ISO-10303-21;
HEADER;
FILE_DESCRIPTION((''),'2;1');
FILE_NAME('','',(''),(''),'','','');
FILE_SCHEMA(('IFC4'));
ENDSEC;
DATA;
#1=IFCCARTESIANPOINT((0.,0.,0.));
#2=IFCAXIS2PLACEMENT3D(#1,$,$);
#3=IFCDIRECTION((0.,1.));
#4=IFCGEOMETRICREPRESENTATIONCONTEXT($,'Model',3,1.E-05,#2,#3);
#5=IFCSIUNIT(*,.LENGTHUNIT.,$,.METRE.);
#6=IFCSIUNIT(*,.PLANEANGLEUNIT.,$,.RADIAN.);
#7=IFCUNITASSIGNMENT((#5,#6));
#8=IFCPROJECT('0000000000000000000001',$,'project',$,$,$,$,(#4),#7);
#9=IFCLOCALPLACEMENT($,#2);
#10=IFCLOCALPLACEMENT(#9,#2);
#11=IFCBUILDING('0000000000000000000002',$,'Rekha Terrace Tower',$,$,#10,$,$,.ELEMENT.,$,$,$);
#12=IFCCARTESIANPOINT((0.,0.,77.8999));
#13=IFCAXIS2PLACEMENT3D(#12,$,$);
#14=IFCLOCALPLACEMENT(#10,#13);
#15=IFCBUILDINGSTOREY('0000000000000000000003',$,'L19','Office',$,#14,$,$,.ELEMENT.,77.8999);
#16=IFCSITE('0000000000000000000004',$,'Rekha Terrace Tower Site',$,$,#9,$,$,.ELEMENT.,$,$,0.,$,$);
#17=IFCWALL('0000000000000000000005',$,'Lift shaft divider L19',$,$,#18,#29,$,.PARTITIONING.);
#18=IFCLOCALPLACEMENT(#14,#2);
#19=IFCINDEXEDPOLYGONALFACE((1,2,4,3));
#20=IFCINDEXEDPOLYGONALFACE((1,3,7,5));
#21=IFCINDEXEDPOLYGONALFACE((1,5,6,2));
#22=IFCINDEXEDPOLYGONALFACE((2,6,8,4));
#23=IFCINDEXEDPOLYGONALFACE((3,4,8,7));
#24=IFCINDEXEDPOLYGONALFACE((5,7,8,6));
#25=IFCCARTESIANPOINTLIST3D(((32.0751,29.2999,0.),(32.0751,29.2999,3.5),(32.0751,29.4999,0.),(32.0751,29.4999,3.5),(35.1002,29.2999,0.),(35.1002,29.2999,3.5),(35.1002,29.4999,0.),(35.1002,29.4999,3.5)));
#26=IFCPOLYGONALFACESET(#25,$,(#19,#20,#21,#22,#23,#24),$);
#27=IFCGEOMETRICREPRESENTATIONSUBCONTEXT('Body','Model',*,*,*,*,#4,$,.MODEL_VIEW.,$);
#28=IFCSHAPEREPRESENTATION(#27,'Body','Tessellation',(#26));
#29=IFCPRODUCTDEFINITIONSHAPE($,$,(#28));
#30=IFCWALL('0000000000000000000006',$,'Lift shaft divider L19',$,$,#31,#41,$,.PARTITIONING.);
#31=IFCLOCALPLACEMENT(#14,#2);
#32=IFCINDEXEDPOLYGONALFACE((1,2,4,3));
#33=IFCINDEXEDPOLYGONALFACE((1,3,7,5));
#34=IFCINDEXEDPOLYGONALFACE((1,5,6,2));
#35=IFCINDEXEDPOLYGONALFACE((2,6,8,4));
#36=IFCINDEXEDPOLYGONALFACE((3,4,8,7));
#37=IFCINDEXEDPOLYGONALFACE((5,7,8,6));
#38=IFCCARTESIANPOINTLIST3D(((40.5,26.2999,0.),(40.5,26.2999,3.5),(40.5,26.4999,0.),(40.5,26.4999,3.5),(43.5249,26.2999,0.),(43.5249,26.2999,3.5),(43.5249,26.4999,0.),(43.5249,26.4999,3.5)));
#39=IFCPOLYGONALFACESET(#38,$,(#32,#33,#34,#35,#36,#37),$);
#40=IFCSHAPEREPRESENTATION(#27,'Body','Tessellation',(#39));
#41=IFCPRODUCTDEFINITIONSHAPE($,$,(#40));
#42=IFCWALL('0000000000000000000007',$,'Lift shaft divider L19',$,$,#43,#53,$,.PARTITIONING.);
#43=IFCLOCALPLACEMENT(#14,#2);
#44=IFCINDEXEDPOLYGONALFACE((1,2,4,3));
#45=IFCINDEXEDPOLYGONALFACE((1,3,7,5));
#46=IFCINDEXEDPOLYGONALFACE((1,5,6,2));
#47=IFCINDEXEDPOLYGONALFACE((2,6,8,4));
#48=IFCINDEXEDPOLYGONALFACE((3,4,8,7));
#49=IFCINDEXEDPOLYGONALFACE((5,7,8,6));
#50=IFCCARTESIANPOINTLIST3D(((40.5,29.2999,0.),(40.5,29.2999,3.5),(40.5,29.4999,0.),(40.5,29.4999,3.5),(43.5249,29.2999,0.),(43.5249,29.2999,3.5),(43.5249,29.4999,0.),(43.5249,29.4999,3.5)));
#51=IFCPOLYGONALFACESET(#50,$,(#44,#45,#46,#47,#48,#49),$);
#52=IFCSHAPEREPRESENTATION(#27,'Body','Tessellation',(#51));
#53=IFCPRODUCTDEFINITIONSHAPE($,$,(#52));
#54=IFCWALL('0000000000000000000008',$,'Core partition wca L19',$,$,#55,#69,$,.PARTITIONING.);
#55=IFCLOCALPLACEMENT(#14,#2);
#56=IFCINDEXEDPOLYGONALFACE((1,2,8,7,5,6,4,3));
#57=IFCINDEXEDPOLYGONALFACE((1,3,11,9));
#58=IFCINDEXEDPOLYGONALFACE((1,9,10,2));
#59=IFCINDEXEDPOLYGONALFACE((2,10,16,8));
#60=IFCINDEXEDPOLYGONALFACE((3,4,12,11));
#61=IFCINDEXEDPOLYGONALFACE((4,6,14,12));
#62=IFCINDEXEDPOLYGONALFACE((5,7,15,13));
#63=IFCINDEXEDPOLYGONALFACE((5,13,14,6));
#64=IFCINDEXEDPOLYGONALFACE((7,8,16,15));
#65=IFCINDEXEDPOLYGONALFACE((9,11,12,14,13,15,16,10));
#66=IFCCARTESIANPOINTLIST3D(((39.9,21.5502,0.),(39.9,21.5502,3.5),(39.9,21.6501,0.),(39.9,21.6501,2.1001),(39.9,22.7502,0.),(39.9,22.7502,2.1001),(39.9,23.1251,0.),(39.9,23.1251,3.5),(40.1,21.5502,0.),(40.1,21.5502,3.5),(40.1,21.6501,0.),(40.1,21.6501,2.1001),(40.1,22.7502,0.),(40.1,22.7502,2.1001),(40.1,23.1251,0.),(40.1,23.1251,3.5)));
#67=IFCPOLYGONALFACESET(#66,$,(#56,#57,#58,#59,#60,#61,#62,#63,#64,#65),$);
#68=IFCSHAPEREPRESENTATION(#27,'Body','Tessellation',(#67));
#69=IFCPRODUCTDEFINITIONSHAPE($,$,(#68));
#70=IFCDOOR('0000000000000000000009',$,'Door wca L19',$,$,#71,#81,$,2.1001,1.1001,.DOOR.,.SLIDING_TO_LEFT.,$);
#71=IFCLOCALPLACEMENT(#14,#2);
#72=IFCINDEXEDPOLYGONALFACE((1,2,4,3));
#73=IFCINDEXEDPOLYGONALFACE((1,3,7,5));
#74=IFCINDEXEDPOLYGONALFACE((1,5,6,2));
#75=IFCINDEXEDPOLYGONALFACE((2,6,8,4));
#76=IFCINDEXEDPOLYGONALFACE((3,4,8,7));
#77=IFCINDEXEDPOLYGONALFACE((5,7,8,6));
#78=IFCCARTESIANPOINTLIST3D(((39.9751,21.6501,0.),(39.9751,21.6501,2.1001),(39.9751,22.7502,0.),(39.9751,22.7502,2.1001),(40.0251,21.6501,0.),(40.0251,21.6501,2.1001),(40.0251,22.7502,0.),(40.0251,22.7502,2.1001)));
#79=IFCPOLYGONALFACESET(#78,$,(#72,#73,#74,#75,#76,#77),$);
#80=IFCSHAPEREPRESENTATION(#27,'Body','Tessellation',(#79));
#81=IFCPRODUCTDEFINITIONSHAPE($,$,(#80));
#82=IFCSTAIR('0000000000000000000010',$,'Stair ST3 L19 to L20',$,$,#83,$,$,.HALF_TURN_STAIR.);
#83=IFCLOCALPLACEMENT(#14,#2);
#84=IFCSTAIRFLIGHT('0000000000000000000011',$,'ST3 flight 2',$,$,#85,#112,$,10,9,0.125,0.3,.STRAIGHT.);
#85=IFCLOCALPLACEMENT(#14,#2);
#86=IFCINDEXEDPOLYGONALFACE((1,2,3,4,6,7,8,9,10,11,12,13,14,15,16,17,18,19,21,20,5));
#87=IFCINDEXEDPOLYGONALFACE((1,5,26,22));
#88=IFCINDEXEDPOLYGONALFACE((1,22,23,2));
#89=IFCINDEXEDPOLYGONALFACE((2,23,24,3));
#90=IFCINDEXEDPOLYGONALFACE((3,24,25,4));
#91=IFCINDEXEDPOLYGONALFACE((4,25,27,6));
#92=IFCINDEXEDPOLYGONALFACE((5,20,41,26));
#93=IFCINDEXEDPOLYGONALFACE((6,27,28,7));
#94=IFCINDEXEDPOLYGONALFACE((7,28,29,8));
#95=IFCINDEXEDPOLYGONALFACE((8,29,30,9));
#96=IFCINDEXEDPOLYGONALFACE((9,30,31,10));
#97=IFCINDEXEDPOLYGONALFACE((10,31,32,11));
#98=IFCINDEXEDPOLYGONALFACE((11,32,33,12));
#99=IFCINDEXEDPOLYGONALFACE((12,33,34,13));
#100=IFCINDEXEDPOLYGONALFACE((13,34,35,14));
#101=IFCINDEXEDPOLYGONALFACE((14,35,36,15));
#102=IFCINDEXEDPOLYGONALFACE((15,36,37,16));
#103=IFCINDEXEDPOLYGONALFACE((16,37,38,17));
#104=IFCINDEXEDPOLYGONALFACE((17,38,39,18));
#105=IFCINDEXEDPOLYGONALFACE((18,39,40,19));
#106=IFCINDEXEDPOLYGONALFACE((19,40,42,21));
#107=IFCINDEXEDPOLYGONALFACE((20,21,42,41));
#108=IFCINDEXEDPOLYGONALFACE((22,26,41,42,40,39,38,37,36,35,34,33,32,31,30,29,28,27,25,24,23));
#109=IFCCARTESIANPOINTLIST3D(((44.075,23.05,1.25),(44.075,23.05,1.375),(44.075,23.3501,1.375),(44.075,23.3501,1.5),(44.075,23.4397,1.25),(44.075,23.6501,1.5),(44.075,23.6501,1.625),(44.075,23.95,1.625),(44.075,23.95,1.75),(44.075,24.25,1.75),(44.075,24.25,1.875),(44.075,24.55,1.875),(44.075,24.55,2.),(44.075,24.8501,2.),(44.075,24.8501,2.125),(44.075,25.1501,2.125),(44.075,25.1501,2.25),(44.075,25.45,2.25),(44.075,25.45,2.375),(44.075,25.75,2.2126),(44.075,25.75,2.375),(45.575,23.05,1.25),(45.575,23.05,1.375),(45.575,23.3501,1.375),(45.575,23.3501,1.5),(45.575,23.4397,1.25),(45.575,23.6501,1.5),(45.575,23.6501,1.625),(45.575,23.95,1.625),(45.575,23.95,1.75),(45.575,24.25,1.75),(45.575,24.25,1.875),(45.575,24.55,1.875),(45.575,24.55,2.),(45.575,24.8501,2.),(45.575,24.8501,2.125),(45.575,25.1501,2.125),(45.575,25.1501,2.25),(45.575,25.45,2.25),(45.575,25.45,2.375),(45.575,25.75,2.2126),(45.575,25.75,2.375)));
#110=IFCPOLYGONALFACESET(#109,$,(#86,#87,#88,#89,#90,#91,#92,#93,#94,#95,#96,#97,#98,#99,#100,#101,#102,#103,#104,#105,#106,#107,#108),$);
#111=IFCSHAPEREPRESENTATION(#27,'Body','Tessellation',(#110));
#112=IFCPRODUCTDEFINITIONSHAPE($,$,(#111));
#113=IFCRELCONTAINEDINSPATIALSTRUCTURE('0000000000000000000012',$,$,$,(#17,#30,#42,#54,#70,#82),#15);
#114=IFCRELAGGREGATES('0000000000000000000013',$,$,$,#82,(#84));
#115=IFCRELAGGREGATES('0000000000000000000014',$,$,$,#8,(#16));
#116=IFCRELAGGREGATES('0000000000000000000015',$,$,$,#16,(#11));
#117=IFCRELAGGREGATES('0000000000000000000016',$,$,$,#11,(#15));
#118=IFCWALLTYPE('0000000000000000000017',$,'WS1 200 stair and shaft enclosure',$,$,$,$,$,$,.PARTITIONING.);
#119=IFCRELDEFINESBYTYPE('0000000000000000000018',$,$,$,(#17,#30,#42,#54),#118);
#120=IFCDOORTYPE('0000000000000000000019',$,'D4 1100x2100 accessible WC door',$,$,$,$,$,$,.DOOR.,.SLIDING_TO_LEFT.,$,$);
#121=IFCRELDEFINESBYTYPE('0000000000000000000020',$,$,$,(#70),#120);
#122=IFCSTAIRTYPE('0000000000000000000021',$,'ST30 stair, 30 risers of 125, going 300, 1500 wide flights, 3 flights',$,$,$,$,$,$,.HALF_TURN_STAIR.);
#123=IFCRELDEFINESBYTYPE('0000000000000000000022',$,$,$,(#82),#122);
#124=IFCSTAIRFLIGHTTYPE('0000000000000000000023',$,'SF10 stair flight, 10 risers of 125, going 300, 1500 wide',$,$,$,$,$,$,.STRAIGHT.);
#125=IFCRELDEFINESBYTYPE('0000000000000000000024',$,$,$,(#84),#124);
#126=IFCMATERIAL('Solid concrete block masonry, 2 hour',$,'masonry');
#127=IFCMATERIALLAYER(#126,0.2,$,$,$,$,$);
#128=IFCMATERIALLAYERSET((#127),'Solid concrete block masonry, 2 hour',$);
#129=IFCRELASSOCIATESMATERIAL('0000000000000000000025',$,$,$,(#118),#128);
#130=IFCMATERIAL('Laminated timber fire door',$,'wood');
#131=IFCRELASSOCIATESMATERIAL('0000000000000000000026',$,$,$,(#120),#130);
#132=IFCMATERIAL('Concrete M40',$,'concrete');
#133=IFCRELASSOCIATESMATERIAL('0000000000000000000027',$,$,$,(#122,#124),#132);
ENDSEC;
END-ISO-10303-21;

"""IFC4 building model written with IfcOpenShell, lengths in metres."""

from ifc_helpers import new_model, si_unit, direction, frame, frame_2d, origin, place, context, subcontext, project, spatial, polyline, rectangle, outline, extrude, material, layer, layer_set, type_object, element, fill, aggregate, save


model = new_model("IFC4")

# Units and contexts
model_context = context("Model", 3, precision=1e-05, world=origin(), true_north=direction((0.0, 1.0)))
body_context = subcontext(model_context, "Body", "Model", "MODEL_VIEW")
ifc_project = project(units=[si_unit("LENGTHUNIT", "METRE"), si_unit("PLANEANGLEUNIT", "RADIAN")], contexts=[model_context])

# Site, building, storey
site_placement = place(None, origin())
site = spatial("IfcSite", under=ifc_project, at=site_placement, Name="Rekha Terrace Tower Site", CompositionType="ELEMENT", RefElevation=0.0)
building_placement = place(site_placement, origin())
building = spatial("IfcBuilding", under=site, at=building_placement, Name="Rekha Terrace Tower", CompositionType="ELEMENT")
storey_placement = place(building_placement, frame((0.0, 0.0, 77.8999)))
storey = spatial("IfcBuildingStorey", under=building, at=storey_placement, Name="L19", Description="Office", CompositionType="ELEMENT", Elevation=77.8999)

# Walls
ifc_material_1 = material(Name="Solid concrete block masonry, 2 hour", Category="masonry")
ifc_layer_1 = layer(ifc_material_1, 0.2)
ifc_layer_set_1 = layer_set([ifc_layer_1], Name="Solid concrete block masonry, 2 hour")
wall_type_1 = type_object("IfcWallType", Name="WS1 200 stair and shaft enclosure", PredefinedType="PARTITIONING", material=ifc_layer_set_1)
for number, where, z_axis, x_axis, name in (
    (1, (32.075, 29.3999, 0.0), (0.0, 0.0, 1.0), (1.0, 0.0, 0.0), "Lift shaft divider L19"),
):
    element("IfcWall", number, at=place(storey_placement, frame(where, z_axis=z_axis, x_axis=x_axis)), inside=storey, type_object=wall_type_1, Name=name, PredefinedType="PARTITIONING", context=body_context, shape_type="SweptSolid", body=[
        extrude(rectangle(XDim=3.0251, YDim=0.2, at=frame_2d((1.5127, 0.0))), origin(), (0.0, 0.0, 1.0), 3.5),
    ])
for number, where, z_axis, x_axis, name in (
    (2, (40.5, 26.3999, 0.0), (0.0, 0.0, 1.0), (1.0, 0.0, 0.0), "Lift shaft divider L19"),
    (3, (40.5, 29.3999, 0.0), (0.0, 0.0, 1.0), (1.0, 0.0, 0.0), "Lift shaft divider L19"),
):
    element("IfcWall", number, at=place(storey_placement, frame(where, z_axis=z_axis, x_axis=x_axis)), inside=storey, type_object=wall_type_1, Name=name, PredefinedType="PARTITIONING", context=body_context, shape_type="SweptSolid", body=[
        extrude(rectangle(XDim=3.0249, YDim=0.2, at=frame_2d((1.5125, 0.0))), origin(), (0.0, 0.0, 1.0), 3.5),
    ])

# Wall, opening, door
wall_1_placement = place(storey_placement, frame((40.0, 21.55, 0.0), z_axis=(0.0, 0.0, 1.0), x_axis=(0.0, 1.0, 0.0)))
wall_1 = element("IfcWall", 4, at=wall_1_placement, inside=storey, type_object=wall_type_1, Name="Core partition wca L19", PredefinedType="PARTITIONING", context=body_context, shape_type="SweptSolid", body=[
    extrude(rectangle(XDim=1.575, YDim=0.2, at=frame_2d((0.7876, 0.0))), origin(), (0.0, 0.0, 1.0), 3.5),
])
opening_1_placement = place(wall_1_placement, frame((0.1001, 0.0, 0.0)))
opening_1 = element("IfcOpeningElement", 5, at=opening_1_placement, cuts=wall_1, PredefinedType="OPENING", context=body_context, shape_type="SweptSolid", body=[
    extrude(rectangle(XDim=1.1001, YDim=2.1001, at=frame_2d((0.55, 1.05))), frame((0.0, 0.1099, 0.0), z_axis=(0.0, -1.0, 0.0), x_axis=(1.0, 0.0, 0.0)), (0.0, 0.0, 1.0), 0.22),
])
ifc_material_2 = material(Name="Laminated timber fire door", Category="wood")
door_type_1 = type_object("IfcDoorType", Name="D4 1100x2100 accessible WC door", OperationType="SLIDING_TO_LEFT", PredefinedType="DOOR", material=ifc_material_2)
door_1_placement = place(opening_1_placement, origin())
door_1 = element("IfcDoor", 6, at=door_1_placement, inside=storey, type_object=door_type_1, Name="Door wca L19", OperationType="SLIDING_TO_LEFT", OverallHeight=2.1001, OverallWidth=1.1001, PredefinedType="DOOR", context=body_context, shape_type="SweptSolid", body=[
    extrude(rectangle(XDim=1.1001, YDim=2.1001, at=frame_2d((0.55, 1.05))), frame((0.0, 0.0249, 0.0), z_axis=(0.0, -1.0, 0.0), x_axis=(1.0, 0.0, 0.0)), (0.0, 0.0, 1.0), 0.05),
])
fill(opening_1, door_1)

# Stair, stair flight
ifc_material_3 = material(Name="Concrete M40", Category="concrete")
stair_type = type_object("IfcStairType", Name="ST30 stair, 30 risers of 125, going 300, 1500 wide flights, 3 flights", PredefinedType="HALF_TURN_STAIR", material=ifc_material_3)
stair_placement = place(storey_placement, origin())
stair = element("IfcStair", 7, at=stair_placement, inside=storey, type_object=stair_type, Name="Stair ST3 L19 to L20", PredefinedType="HALF_TURN_STAIR")
stair_flight_type = type_object("IfcStairFlightType", Name="SF10 stair flight, 10 risers of 125, going 300, 1500 wide", PredefinedType="STRAIGHT", material=ifc_material_3)
stair_flight_placement = place(storey_placement, frame((44.825, 23.05, 1.25), z_axis=(0.0, 0.0, 1.0), x_axis=(0.0, 1.0, 0.0)))
stair_flight = element("IfcStairFlight", 8, at=stair_flight_placement, type_object=stair_flight_type, Name="ST3 flight 2", NumberOfRisers=10, NumberOfTreads=9, PredefinedType="STRAIGHT", RiserHeight=0.125, TreadLength=0.3, context=body_context, shape_type="SweptSolid", body=[
    extrude(outline(polyline([(0.0, 0.0), (0.0, 0.125), (0.3, 0.125), (0.3, 0.25), (0.6001, 0.25), (0.6001, 0.375), (0.8999, 0.375), (0.8999, 0.5), (1.2, 0.5), (1.2, 0.625), (1.5, 0.625), (1.5, 0.75), (1.8, 0.75), (1.8, 0.875), (2.1001, 0.875), (2.1001, 1.0), (2.3999, 1.0), (2.3999, 1.125), (2.7, 1.125), (2.7, 1.25), (2.7, 0.9626), (0.3896, 0.0), (0.0, 0.0)])), frame((0.0, 0.75, 0.0), z_axis=(0.0, -1.0, 0.0), x_axis=(1.0, 0.0, 0.0)), (0.0, 0.0, 1.0), 1.5),
])
aggregate(stair, [stair_flight])

save(model, "model.ifc")
